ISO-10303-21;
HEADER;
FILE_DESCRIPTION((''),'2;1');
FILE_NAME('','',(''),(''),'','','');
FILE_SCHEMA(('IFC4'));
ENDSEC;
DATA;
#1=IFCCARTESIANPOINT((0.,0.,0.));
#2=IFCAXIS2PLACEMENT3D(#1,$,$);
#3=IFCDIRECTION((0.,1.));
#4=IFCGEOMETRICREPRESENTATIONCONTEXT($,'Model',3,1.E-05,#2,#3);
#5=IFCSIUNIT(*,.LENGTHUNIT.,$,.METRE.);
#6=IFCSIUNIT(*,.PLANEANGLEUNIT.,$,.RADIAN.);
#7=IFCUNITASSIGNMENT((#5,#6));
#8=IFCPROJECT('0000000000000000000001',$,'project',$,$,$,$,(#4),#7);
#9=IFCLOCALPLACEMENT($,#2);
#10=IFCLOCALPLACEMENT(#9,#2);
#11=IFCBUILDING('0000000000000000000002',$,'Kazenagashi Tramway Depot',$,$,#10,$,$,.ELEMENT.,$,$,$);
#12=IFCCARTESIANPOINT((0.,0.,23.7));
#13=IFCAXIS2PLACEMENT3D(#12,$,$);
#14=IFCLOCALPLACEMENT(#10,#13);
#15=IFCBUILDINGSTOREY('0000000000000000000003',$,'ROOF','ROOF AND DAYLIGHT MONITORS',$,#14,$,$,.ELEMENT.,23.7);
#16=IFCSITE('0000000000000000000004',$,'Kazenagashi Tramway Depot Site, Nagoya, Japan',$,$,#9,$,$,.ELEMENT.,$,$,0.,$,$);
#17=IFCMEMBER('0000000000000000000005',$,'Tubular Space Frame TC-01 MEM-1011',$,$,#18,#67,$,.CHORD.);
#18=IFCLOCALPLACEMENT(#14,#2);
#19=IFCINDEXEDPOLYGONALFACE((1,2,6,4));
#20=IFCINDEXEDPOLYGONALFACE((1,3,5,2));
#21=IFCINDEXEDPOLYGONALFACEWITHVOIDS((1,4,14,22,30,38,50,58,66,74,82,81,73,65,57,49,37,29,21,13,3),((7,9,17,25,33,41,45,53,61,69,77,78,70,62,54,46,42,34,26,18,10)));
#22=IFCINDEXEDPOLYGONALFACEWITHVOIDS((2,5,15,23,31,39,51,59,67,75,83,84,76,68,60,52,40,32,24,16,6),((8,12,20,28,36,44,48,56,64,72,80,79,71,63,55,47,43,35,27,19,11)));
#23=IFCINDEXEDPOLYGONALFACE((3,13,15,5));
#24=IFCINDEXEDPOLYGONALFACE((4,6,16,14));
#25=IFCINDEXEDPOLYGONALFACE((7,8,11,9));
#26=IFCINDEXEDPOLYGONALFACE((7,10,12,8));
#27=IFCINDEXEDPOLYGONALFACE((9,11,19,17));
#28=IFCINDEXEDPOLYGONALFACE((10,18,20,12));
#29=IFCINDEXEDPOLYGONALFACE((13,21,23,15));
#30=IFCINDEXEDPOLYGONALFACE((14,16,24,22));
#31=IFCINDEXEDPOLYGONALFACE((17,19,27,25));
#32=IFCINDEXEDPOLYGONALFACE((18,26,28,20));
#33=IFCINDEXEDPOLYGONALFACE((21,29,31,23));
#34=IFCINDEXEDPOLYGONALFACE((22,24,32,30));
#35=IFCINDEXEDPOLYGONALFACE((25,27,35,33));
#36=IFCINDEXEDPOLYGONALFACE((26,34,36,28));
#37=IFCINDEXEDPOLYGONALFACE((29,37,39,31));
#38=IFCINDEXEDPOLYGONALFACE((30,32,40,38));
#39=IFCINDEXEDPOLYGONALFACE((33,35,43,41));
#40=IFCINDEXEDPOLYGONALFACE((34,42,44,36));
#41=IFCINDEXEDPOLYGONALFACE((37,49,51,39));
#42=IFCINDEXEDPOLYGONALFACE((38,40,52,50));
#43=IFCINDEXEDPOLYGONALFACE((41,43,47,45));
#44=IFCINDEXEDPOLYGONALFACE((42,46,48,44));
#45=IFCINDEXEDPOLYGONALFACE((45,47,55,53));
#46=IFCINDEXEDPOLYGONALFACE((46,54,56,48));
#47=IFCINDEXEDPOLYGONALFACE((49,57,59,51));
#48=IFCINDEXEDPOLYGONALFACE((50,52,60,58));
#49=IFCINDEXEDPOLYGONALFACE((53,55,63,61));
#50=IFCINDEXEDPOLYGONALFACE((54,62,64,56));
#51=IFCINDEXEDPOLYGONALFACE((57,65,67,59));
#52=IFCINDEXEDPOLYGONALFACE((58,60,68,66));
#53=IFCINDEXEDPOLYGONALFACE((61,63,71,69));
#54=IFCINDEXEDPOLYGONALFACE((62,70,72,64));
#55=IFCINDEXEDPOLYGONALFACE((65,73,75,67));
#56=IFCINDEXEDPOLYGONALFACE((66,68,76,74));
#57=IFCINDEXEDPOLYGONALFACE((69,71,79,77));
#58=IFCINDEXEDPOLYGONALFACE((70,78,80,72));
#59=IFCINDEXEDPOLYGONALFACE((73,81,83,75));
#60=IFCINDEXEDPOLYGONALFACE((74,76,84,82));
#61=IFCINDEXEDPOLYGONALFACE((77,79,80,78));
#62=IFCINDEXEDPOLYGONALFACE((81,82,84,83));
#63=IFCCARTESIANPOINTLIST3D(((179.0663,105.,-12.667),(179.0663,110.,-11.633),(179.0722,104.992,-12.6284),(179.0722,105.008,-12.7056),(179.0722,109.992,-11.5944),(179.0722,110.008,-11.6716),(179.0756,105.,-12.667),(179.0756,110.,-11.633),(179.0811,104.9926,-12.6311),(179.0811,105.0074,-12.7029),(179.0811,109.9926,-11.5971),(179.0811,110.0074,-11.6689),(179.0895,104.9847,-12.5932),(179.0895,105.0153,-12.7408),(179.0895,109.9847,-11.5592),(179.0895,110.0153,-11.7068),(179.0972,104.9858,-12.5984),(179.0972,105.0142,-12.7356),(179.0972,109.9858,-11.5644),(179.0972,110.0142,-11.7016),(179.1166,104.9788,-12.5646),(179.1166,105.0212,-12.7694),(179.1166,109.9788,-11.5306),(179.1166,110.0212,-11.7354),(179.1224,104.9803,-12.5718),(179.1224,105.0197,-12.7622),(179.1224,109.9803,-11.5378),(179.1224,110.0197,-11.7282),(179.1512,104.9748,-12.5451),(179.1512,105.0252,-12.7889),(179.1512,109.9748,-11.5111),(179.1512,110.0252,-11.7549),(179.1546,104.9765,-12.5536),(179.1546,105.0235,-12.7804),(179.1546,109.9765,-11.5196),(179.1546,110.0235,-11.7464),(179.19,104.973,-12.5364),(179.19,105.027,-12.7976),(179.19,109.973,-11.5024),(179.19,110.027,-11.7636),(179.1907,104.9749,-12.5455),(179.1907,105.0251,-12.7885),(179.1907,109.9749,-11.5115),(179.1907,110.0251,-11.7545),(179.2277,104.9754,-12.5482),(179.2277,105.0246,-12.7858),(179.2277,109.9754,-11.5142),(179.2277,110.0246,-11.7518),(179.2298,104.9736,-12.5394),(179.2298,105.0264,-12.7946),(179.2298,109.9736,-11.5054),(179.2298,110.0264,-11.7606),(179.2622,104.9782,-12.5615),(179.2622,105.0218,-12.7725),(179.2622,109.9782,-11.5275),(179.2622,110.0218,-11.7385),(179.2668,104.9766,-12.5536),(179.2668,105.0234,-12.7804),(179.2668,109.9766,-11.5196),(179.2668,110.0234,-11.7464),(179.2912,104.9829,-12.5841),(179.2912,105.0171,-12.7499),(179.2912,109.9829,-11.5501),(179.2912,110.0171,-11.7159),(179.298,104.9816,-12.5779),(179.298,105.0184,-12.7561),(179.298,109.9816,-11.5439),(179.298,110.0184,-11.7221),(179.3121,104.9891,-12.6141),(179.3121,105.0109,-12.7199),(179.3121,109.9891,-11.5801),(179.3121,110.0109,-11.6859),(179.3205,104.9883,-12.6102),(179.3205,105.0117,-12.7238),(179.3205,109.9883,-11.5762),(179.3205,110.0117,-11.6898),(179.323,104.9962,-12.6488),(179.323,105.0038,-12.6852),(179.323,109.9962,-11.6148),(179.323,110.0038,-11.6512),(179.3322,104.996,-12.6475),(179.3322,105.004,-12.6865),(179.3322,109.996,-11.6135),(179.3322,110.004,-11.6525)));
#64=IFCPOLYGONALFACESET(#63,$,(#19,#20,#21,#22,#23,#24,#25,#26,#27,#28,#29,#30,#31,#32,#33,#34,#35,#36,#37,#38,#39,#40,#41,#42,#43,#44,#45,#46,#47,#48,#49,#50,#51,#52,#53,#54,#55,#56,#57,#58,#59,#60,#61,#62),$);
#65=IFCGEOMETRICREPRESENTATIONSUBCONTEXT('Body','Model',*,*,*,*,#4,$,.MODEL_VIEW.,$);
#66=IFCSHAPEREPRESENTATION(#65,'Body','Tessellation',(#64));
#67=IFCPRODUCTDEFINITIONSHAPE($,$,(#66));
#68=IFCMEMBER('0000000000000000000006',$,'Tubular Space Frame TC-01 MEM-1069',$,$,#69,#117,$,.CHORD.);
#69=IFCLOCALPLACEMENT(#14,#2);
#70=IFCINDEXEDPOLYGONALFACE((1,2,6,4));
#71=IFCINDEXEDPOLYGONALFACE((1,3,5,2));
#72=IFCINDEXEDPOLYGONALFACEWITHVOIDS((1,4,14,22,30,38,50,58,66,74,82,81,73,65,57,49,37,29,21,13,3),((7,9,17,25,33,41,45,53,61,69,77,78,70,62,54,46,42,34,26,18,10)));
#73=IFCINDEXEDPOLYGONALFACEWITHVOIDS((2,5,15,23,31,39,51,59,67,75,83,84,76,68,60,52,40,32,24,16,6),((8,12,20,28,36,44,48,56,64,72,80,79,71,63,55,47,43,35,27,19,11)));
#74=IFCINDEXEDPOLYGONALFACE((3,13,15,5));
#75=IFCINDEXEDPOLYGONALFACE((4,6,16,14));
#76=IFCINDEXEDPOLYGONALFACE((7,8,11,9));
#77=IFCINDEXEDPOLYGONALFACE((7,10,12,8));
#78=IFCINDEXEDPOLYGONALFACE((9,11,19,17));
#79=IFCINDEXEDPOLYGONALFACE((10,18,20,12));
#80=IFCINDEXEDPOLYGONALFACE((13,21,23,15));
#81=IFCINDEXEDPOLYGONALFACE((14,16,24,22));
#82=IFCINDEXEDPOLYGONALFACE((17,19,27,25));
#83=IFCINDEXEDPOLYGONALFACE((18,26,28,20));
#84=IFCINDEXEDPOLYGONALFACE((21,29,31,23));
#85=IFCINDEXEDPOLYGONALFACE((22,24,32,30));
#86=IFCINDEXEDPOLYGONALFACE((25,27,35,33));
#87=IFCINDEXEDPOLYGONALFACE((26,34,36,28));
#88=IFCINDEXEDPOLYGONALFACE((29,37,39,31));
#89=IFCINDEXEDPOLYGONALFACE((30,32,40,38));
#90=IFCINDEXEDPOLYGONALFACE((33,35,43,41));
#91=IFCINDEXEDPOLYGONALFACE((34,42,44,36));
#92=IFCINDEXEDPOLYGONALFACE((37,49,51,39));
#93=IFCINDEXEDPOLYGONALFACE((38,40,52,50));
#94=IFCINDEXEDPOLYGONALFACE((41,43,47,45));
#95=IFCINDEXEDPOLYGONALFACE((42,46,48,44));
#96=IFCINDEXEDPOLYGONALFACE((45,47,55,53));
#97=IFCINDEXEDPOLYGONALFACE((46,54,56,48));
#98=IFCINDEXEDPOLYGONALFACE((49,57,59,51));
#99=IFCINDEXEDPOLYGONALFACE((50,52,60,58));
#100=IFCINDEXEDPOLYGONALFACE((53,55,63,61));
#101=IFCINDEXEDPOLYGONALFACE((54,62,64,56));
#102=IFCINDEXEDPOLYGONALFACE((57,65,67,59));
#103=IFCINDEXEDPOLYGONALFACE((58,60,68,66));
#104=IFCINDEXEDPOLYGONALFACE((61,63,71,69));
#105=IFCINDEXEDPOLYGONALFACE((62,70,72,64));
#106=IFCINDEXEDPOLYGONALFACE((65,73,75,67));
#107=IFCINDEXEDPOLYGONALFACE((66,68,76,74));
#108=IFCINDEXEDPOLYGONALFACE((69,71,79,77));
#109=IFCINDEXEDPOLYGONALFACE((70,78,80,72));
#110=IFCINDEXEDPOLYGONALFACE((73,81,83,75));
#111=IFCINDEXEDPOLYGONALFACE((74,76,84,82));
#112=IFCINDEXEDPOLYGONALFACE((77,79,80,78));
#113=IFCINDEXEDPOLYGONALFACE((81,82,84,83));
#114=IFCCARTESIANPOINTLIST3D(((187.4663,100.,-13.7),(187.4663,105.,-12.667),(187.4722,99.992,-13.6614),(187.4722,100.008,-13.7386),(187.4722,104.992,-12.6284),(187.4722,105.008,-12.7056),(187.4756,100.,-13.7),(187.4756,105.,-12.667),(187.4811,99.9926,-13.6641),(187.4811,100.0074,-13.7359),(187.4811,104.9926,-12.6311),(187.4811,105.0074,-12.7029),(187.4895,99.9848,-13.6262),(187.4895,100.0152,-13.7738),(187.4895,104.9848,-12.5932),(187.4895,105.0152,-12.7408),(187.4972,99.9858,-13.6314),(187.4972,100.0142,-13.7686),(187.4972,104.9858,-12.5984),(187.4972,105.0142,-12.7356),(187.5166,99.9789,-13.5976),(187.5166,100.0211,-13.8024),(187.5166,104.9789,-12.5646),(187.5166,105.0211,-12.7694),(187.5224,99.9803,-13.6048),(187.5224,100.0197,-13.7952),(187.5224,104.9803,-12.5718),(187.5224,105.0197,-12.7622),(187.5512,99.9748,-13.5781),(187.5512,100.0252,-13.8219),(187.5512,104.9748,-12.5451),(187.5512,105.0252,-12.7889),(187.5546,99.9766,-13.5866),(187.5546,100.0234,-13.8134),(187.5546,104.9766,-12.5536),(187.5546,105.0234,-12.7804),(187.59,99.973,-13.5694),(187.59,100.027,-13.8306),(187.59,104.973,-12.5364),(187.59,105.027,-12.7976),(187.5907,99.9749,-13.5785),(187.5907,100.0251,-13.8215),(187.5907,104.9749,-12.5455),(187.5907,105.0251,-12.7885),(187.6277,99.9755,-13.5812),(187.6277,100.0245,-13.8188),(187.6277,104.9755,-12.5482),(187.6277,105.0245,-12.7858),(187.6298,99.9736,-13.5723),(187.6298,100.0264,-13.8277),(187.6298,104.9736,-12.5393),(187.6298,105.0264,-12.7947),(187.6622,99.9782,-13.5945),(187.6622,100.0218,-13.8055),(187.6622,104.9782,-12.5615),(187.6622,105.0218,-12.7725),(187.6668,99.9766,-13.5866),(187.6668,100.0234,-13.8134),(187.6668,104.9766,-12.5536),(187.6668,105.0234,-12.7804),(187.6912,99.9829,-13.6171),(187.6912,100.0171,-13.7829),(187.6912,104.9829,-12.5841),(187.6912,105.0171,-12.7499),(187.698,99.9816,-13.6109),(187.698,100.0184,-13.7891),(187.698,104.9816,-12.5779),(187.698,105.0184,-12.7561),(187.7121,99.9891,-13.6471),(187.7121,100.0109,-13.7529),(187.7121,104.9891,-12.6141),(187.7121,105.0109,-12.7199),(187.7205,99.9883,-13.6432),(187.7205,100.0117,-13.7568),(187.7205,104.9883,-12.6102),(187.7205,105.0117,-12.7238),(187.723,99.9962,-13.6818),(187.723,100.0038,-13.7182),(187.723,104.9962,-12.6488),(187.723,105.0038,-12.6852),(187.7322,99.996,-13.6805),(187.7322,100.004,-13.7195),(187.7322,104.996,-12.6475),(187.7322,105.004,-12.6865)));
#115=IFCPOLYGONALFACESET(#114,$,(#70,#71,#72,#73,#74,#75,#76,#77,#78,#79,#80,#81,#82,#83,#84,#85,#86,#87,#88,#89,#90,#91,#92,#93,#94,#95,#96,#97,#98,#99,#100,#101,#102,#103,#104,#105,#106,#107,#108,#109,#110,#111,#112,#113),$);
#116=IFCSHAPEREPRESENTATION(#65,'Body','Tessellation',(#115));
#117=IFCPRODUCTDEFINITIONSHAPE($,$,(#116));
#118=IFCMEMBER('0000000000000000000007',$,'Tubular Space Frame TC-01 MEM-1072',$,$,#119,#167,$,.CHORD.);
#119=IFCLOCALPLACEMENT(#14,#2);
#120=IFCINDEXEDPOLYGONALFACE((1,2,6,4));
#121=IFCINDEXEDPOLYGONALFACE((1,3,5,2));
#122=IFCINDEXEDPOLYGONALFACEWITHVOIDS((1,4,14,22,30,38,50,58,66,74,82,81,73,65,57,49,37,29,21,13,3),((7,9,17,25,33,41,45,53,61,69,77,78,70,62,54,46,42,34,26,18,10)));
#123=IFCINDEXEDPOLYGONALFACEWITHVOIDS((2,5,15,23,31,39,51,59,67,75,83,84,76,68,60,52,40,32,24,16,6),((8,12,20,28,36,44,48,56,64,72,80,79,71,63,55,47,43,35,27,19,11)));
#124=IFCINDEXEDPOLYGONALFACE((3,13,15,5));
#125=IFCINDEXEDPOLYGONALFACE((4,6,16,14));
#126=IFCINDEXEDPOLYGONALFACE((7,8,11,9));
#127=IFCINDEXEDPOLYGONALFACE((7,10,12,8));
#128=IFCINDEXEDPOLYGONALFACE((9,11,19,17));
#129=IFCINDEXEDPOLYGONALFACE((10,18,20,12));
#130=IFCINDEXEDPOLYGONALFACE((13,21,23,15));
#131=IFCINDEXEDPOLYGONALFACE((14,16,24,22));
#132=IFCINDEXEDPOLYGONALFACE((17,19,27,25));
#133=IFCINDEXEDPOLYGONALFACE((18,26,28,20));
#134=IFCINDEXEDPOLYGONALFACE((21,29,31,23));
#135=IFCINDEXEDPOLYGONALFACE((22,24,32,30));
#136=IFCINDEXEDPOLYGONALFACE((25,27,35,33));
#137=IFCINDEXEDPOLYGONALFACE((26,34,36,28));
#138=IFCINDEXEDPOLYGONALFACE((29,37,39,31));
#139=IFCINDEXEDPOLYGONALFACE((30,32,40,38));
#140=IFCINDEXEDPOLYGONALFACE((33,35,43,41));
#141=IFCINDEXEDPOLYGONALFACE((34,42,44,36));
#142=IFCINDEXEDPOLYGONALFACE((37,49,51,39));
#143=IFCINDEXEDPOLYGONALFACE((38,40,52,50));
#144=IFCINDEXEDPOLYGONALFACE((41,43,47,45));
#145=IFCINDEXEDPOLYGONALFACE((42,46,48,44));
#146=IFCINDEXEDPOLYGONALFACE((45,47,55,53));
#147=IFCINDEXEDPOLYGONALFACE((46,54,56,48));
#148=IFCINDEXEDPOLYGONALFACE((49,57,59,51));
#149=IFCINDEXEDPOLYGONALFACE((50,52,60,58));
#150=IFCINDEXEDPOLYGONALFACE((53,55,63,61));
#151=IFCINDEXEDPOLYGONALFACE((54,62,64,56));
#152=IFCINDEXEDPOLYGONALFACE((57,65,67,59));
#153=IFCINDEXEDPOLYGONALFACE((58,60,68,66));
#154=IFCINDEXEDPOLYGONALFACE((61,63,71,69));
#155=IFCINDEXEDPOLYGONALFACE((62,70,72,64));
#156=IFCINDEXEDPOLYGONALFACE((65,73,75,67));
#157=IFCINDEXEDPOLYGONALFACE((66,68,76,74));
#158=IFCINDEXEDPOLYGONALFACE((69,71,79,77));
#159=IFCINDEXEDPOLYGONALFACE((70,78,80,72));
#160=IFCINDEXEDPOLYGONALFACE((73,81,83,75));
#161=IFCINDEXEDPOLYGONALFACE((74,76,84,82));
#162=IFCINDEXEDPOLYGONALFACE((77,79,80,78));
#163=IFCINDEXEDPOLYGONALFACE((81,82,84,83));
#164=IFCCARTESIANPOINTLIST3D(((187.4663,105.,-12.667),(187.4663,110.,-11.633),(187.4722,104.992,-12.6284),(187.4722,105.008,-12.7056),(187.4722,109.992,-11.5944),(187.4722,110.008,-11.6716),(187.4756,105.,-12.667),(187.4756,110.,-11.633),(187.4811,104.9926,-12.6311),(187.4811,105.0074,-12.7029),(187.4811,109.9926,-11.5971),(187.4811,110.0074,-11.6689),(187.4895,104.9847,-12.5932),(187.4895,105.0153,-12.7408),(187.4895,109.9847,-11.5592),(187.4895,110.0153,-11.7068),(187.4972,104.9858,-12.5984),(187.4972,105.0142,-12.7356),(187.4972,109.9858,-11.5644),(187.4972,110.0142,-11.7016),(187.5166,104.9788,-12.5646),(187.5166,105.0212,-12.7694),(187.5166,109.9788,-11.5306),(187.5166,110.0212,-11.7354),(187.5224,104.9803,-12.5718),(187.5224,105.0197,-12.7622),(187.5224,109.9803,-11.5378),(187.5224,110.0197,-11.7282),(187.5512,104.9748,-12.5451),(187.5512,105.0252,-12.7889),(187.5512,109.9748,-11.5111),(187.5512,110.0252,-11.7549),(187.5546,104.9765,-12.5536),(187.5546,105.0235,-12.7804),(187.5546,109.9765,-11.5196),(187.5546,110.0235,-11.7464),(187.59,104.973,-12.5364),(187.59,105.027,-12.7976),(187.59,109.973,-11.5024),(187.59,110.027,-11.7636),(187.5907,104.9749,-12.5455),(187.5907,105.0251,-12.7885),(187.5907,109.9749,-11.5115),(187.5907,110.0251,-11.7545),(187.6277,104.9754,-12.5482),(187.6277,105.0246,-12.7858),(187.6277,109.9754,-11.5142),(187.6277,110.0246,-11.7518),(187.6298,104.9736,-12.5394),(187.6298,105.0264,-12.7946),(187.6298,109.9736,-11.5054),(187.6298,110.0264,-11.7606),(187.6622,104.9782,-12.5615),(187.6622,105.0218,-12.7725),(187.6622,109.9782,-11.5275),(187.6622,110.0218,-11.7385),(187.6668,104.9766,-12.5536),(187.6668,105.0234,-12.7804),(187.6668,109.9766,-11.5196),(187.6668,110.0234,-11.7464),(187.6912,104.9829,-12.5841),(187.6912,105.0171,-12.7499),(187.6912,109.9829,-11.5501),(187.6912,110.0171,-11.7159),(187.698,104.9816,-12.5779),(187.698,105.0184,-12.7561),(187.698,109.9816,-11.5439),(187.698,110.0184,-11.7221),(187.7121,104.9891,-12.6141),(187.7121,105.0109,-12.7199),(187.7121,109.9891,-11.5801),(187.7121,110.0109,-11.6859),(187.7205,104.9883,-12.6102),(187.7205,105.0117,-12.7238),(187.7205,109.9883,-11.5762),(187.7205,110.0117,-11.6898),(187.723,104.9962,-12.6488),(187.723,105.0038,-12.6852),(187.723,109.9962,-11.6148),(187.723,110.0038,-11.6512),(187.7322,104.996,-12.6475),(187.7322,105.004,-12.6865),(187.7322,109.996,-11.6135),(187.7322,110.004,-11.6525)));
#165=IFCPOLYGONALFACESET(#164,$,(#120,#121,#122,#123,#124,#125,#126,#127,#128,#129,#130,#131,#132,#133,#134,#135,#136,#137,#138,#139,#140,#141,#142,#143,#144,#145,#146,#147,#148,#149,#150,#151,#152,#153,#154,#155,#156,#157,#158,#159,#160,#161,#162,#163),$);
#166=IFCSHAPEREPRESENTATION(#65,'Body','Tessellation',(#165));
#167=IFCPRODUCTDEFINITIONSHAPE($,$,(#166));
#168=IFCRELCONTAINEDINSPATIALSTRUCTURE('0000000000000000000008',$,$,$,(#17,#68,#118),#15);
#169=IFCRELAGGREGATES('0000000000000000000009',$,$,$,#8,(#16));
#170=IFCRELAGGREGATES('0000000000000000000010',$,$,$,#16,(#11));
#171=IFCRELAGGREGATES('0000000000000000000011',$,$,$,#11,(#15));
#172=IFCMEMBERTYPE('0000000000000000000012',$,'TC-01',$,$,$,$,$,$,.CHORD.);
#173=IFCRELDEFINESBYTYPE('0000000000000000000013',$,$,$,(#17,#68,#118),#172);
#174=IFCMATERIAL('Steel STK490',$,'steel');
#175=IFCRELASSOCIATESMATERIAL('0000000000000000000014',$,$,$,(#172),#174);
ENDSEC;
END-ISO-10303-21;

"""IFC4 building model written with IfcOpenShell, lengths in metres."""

from ifc_helpers import new_model, si_unit, direction, frame, origin, origin_2d, place, context, subcontext, project, spatial, hollow_circle, extrude, material, material_profile, profile_set, type_object, element, save


model = new_model("IFC4")

# Units and contexts
model_context = context("Model", 3, precision=1e-05, world=origin(), true_north=direction((0.0, 1.0)))
body_context = subcontext(model_context, "Body", "Model", "MODEL_VIEW")
ifc_project = project(units=[si_unit("LENGTHUNIT", "METRE"), si_unit("PLANEANGLEUNIT", "RADIAN")], contexts=[model_context])

# Site, building, storey
site_placement = place(None, origin())
site = spatial("IfcSite", under=ifc_project, at=site_placement, Name="Kazenagashi Tramway Depot Site, Nagoya, Japan", CompositionType="ELEMENT", RefElevation=0.0)
building_placement = place(site_placement, origin())
building = spatial("IfcBuilding", under=site, at=building_placement, Name="Kazenagashi Tramway Depot", CompositionType="ELEMENT")
storey_placement = place(building_placement, frame((0.0, 0.0, 23.7)))
storey = spatial("IfcBuildingStorey", under=building, at=storey_placement, Name="ROOF", Description="ROOF AND DAYLIGHT MONITORS", CompositionType="ELEMENT", Elevation=23.7)

# Members
ifc_material_1 = material(Name="Steel STK490", Category="steel")
ifc_material_profile_1 = material_profile(ifc_material_1, hollow_circle(Radius=0.1337, WallThickness=0.0093, at=origin_2d()), Name="CHS-267.4x9.3")
ifc_profile_set_1 = profile_set([ifc_material_profile_1], Name="Steel STK490")
member_type_1 = type_object("IfcMemberType", Name="TC-01", PredefinedType="CHORD", material=ifc_profile_set_1)
member_1_placement = place(storey_placement, frame((179.2, 105.0, -12.667), z_axis=(0.0, 0.979279, 0.202515), x_axis=(-1.0, 0.0, 0.0)))
element("IfcMember", 1, at=member_1_placement, inside=storey, type_object=member_type_1, Name="Tubular Space Frame TC-01 MEM-1011", PredefinedType="CHORD", context=body_context, shape_type="SweptSolid", body=[
    extrude(hollow_circle(Radius=0.1337, WallThickness=0.0093, at=origin_2d()), origin(), (0.0, 0.0, 1.0), 5.1058),
])
member_2_placement = place(storey_placement, frame((187.6, 100.0, -13.7), z_axis=(0.0, 0.979318, 0.202327), x_axis=(-1.0, 0.0, 0.0)))
element("IfcMember", 2, at=member_2_placement, inside=storey, type_object=member_type_1, Name="Tubular Space Frame TC-01 MEM-1069", PredefinedType="CHORD", context=body_context, shape_type="SweptSolid", body=[
    extrude(hollow_circle(Radius=0.1337, WallThickness=0.0093, at=origin_2d()), origin(), (0.0, 0.0, 1.0), 5.1056),
])
member_3_placement = place(storey_placement, frame((187.6, 105.0, -12.667), z_axis=(0.0, 0.979279, 0.202515), x_axis=(-1.0, 0.0, 0.0)))
element("IfcMember", 3, at=member_3_placement, inside=storey, type_object=member_type_1, Name="Tubular Space Frame TC-01 MEM-1072", PredefinedType="CHORD", context=body_context, shape_type="SweptSolid", body=[
    extrude(hollow_circle(Radius=0.1337, WallThickness=0.0093, at=origin_2d()), origin(), (0.0, 0.0, 1.0), 5.1058),
])

save(model, "model.ifc")
